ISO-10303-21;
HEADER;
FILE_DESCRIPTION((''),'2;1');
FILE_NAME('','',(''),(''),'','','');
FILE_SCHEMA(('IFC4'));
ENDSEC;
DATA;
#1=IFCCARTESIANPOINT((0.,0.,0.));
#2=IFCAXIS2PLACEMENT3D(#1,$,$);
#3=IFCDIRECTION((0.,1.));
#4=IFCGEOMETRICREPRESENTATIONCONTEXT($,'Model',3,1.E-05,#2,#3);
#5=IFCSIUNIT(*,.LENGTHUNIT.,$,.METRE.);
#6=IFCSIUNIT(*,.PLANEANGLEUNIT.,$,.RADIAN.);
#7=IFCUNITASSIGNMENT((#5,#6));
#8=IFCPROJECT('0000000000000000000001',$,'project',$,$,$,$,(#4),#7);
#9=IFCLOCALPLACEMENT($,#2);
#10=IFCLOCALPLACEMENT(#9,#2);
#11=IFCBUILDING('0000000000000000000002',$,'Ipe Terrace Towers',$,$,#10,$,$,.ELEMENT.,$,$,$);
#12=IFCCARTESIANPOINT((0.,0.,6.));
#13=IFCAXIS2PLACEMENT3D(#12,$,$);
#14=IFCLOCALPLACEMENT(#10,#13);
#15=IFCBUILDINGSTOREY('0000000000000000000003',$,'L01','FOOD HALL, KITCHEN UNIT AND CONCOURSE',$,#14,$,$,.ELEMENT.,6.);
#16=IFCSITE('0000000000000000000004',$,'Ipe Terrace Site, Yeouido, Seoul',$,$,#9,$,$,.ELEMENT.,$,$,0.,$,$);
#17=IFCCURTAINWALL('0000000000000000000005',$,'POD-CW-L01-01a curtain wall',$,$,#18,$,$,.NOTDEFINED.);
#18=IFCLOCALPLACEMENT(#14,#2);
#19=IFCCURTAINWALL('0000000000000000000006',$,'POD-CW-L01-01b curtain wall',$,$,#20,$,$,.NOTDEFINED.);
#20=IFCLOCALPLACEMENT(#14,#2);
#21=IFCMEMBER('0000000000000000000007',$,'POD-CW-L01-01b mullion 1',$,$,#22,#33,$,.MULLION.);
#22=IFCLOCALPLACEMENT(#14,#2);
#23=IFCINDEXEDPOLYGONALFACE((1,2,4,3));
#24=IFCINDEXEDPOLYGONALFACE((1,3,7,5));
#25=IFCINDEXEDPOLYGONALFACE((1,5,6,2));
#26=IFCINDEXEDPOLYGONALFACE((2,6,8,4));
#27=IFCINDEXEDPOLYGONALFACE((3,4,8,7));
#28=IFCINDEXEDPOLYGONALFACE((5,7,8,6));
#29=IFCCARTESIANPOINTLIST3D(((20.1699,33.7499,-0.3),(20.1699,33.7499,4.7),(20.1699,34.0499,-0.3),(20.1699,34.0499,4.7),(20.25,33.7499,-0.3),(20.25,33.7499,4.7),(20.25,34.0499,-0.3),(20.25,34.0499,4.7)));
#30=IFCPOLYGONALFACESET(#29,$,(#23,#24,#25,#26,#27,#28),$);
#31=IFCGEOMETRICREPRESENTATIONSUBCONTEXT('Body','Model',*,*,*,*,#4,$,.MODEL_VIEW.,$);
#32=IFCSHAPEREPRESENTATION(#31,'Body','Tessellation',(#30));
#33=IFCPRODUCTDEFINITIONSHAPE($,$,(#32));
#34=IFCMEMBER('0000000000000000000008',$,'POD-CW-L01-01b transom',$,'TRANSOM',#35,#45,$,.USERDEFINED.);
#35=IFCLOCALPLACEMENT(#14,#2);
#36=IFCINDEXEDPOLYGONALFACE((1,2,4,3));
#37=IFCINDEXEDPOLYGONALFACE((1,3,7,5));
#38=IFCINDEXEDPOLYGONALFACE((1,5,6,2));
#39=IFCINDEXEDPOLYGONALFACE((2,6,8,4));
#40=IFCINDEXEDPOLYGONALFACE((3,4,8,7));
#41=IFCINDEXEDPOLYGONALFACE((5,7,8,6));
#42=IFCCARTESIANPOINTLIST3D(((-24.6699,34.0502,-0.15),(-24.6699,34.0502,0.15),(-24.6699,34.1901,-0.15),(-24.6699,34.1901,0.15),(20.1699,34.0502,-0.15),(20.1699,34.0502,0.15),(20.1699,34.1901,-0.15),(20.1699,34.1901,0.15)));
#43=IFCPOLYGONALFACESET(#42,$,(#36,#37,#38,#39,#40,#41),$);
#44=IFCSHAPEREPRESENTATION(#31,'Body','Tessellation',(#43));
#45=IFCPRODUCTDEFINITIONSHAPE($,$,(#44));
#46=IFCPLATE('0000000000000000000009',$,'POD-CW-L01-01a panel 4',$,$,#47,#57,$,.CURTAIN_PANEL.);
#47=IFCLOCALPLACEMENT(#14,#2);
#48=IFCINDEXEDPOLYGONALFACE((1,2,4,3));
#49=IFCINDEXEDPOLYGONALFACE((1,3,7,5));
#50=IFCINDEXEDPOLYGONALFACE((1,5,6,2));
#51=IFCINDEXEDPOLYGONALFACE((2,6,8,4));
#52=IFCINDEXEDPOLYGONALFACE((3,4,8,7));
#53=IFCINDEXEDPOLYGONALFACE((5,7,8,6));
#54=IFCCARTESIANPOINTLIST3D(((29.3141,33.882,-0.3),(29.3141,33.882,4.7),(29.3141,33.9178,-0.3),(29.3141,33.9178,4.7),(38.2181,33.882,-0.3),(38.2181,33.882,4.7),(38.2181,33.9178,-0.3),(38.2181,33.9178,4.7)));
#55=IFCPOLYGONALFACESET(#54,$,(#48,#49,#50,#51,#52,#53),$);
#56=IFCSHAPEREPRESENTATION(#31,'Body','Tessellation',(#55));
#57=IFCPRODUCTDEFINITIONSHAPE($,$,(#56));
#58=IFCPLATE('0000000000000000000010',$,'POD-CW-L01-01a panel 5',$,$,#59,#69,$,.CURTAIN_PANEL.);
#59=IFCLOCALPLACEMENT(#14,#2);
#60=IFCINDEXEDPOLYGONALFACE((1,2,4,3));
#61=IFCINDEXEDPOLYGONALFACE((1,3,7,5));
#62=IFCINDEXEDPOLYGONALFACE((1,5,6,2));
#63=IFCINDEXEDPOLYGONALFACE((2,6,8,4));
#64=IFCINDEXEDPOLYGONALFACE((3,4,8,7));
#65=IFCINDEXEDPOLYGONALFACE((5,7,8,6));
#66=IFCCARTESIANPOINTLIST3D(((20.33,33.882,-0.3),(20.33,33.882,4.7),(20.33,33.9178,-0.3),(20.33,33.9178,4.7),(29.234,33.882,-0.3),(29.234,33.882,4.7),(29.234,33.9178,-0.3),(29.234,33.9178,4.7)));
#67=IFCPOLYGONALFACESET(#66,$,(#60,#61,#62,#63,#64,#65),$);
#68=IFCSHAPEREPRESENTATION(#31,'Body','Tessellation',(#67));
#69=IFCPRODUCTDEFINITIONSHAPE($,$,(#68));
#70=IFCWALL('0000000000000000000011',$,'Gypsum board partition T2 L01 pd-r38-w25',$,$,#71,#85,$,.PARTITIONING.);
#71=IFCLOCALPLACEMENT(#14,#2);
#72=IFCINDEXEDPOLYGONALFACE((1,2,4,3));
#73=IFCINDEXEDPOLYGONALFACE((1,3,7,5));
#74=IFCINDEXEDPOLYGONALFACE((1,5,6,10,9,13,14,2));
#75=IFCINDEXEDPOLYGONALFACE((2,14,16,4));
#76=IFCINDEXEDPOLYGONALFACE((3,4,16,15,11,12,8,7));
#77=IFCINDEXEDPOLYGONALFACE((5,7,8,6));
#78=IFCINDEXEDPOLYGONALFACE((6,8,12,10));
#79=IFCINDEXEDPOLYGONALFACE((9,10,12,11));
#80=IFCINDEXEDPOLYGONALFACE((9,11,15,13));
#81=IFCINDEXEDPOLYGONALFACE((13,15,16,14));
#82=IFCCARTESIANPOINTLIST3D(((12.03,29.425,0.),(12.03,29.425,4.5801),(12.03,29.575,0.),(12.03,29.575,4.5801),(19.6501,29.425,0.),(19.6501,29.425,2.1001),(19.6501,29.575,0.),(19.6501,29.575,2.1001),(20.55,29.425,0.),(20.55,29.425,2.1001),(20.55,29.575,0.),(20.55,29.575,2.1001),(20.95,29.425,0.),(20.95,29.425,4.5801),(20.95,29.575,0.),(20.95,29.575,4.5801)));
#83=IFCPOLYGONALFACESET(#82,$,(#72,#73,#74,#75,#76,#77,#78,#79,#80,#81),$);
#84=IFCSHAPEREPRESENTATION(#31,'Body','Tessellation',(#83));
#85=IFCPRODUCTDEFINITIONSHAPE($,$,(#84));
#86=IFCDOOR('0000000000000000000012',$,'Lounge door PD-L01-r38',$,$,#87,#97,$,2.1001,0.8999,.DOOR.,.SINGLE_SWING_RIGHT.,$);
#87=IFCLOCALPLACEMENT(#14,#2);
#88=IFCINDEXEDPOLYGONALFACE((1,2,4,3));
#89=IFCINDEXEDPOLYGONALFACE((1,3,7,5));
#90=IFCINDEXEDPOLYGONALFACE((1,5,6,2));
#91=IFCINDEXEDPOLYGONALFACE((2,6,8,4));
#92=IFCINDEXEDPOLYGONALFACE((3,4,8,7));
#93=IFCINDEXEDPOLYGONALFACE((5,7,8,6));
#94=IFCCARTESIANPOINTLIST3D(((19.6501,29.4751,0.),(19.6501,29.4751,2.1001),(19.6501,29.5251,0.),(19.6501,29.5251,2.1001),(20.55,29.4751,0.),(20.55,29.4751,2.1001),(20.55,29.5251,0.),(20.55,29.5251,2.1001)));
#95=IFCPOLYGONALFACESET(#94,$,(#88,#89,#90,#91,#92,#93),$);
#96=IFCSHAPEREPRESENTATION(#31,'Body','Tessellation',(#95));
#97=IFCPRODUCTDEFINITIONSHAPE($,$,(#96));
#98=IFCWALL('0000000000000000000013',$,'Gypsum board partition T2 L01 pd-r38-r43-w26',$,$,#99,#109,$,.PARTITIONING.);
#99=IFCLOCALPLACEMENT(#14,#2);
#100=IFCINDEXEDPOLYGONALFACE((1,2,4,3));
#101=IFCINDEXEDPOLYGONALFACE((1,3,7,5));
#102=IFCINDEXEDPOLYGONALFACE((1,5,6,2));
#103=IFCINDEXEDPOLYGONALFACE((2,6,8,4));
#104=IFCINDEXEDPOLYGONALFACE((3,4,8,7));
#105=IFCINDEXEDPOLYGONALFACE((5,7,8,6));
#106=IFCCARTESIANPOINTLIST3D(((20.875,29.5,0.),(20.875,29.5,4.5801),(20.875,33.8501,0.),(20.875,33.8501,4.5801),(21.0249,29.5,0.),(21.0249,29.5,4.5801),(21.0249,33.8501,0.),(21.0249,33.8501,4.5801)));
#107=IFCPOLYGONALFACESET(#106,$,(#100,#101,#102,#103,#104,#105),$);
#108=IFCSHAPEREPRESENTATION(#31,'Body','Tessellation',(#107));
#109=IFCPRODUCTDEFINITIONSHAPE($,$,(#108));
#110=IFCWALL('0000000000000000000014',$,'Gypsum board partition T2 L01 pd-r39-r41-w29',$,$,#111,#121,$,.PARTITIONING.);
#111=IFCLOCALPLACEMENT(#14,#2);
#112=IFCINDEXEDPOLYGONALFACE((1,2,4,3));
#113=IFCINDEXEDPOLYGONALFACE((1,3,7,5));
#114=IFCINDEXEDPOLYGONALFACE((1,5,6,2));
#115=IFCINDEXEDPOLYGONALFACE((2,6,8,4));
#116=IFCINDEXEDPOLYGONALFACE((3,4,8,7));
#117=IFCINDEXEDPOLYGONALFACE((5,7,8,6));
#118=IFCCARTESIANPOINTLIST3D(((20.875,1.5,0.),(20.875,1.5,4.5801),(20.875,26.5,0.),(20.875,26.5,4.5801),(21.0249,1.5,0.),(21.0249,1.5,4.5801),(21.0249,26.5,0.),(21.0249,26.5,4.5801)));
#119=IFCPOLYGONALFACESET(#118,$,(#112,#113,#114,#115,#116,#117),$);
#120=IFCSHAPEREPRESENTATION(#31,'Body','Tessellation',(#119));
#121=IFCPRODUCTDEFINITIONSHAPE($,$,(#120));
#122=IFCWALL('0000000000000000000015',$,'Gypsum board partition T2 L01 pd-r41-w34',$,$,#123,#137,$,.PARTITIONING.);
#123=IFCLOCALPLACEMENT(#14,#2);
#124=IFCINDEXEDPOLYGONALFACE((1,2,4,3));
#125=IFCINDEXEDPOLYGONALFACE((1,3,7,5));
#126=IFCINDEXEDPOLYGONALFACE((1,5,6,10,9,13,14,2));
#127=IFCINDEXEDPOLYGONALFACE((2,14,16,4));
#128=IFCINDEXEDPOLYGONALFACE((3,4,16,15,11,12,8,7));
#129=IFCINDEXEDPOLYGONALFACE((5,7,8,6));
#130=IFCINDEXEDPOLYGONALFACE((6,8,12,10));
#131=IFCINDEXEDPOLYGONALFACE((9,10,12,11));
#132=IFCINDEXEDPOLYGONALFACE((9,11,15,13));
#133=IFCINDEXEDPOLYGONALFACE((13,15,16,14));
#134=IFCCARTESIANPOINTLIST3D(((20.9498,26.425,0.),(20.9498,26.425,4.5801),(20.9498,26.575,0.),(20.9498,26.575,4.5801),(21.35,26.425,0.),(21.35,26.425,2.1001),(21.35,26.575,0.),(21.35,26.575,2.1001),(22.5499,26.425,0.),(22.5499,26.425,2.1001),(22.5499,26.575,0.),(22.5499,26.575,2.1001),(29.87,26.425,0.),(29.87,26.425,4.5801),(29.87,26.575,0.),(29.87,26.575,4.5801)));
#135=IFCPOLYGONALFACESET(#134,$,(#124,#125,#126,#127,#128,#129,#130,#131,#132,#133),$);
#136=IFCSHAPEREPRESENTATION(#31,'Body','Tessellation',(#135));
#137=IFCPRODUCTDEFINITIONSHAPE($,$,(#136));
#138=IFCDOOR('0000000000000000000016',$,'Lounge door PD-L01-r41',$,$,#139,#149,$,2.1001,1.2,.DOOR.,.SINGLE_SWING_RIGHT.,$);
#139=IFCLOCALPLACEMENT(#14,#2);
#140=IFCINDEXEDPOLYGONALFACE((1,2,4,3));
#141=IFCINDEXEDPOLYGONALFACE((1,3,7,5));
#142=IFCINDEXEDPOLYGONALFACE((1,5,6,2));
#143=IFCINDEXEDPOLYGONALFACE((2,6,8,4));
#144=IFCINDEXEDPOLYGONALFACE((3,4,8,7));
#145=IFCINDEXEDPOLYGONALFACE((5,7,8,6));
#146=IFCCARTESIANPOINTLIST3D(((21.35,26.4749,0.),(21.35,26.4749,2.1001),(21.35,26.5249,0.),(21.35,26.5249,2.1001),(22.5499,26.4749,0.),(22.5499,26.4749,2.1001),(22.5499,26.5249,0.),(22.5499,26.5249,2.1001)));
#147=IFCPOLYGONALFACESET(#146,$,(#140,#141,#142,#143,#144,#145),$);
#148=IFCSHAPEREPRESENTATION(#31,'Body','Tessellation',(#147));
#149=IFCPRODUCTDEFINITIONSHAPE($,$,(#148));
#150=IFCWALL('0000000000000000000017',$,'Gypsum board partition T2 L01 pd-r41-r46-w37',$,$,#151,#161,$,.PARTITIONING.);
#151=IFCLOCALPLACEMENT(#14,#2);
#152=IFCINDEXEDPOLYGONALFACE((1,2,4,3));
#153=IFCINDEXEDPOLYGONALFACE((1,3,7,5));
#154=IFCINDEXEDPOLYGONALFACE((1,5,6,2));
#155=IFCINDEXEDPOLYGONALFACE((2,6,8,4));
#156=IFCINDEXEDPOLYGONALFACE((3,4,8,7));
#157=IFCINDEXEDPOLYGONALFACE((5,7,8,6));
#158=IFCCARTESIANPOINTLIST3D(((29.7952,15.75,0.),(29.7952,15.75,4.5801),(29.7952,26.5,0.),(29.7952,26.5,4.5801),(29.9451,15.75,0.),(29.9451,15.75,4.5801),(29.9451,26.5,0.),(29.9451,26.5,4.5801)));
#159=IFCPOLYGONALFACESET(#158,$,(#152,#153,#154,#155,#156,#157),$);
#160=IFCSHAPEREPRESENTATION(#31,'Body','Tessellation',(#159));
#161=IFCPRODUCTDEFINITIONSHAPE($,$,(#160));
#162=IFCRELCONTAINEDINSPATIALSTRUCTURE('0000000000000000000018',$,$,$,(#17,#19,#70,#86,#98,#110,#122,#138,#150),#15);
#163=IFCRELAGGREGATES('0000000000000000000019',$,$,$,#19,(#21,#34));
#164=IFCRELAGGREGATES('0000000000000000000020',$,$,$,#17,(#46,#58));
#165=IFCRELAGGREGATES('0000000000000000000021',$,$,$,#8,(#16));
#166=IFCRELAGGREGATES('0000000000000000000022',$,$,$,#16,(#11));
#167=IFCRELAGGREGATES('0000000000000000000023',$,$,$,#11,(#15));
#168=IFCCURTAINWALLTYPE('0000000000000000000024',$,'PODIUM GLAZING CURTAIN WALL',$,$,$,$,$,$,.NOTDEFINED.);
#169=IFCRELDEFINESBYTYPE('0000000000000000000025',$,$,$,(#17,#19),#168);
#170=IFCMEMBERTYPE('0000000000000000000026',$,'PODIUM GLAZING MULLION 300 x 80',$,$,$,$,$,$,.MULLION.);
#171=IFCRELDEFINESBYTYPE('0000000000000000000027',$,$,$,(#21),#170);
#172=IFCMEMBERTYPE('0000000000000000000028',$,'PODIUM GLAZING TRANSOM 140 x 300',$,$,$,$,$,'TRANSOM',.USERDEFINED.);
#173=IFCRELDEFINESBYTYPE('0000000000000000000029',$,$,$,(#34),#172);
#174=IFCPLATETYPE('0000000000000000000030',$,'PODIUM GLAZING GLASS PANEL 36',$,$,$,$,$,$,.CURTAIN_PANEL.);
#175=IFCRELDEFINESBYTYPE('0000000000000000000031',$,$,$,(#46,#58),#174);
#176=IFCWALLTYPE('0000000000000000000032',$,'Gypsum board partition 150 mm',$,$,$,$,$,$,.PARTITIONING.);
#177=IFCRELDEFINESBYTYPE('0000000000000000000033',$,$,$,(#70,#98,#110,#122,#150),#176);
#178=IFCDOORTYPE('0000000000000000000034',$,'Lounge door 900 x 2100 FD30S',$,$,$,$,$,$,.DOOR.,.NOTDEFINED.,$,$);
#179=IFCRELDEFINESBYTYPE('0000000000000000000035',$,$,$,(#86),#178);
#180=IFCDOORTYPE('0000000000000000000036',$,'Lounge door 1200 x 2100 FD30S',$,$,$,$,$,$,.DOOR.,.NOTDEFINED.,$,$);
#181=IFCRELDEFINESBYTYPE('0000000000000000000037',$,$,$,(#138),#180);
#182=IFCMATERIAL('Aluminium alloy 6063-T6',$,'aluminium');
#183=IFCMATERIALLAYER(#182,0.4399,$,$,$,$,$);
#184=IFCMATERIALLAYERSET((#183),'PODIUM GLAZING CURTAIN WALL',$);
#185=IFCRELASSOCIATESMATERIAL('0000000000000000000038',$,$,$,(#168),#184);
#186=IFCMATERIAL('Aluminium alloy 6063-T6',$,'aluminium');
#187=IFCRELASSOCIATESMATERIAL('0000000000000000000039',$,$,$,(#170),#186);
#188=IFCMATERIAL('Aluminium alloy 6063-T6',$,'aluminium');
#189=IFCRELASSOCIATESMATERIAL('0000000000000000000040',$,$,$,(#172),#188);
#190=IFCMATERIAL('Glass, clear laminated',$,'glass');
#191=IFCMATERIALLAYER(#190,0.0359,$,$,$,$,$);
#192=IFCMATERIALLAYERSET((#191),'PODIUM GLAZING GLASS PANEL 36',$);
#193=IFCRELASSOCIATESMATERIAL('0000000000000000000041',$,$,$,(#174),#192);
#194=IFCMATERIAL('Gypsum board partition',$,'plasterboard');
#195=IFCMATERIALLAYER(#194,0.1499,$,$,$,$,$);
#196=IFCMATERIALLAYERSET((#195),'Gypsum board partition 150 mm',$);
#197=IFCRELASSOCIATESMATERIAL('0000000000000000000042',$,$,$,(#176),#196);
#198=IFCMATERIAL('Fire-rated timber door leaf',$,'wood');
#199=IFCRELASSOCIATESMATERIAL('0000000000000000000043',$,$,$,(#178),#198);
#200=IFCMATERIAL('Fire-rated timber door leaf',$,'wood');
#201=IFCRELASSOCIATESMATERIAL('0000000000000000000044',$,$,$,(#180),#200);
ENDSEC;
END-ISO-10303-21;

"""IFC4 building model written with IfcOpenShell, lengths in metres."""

from ifc_helpers import new_model, si_unit, direction, frame, frame_2d, origin, origin_2d, place, context, subcontext, project, spatial, rectangle, extrude, material, layer, layer_set, material_profile, profile_set, type_object, element, fill, aggregate, save


model = new_model("IFC4")

# Units and contexts
model_context = context("Model", 3, precision=1e-05, world=origin(), true_north=direction((0.0, 1.0)))
body_context = subcontext(model_context, "Body", "Model", "MODEL_VIEW")
ifc_project = project(units=[si_unit("LENGTHUNIT", "METRE"), si_unit("PLANEANGLEUNIT", "RADIAN")], contexts=[model_context])

# Site, building, storey
site_placement = place(None, origin())
site = spatial("IfcSite", under=ifc_project, at=site_placement, Name="Ipe Terrace Site, Yeouido, Seoul", CompositionType="ELEMENT", RefElevation=0.0)
building_placement = place(site_placement, origin())
building = spatial("IfcBuilding", under=site, at=building_placement, Name="Ipe Terrace Towers", CompositionType="ELEMENT")
storey_placement = place(building_placement, frame((0.0, 0.0, 6.0)))
storey = spatial("IfcBuildingStorey", under=building, at=storey_placement, Name="L01", Description="FOOD HALL, KITCHEN UNIT AND CONCOURSE", CompositionType="ELEMENT", Elevation=6.0)

# Curtain walls, members
ifc_material_1 = material(Name="Aluminium alloy 6063-T6", Category="aluminium")
ifc_layer_1 = layer(ifc_material_1, 0.4399)
ifc_layer_set_1 = layer_set([ifc_layer_1], Name="PODIUM GLAZING CURTAIN WALL")
curtain_wall_type = type_object("IfcCurtainWallType", Name="PODIUM GLAZING CURTAIN WALL", PredefinedType="NOTDEFINED", material=ifc_layer_set_1)
curtain_wall_1_placement = place(storey_placement, origin())
curtain_wall_1 = element("IfcCurtainWall", 1, at=curtain_wall_1_placement, inside=storey, type_object=curtain_wall_type, Name="POD-CW-L01-01a curtain wall", PredefinedType="NOTDEFINED")
ifc_material_2 = material(Name="Aluminium alloy 6063-T6", Category="aluminium")
ifc_material_profile_1 = material_profile(ifc_material_2, rectangle(XDim=0.3, YDim=0.0801, at=origin_2d()), Name="PODIUM GLAZING MULLION 300 x 80")
ifc_profile_set_1 = profile_set([ifc_material_profile_1], Name="Aluminium alloy 6063-T6")
member_type_1 = type_object("IfcMemberType", Name="PODIUM GLAZING MULLION 300 x 80", PredefinedType="MULLION", material=ifc_profile_set_1)
curtain_wall_2_placement = place(storey_placement, origin())
curtain_wall_2 = element("IfcCurtainWall", 2, at=curtain_wall_2_placement, inside=storey, type_object=curtain_wall_type, Name="POD-CW-L01-01b curtain wall", PredefinedType="NOTDEFINED")
member_1_placement = place(storey_placement, frame((20.21, 33.8999, -0.3), z_axis=(0.0, 0.0, 1.0), x_axis=(0.0, 1.0, 0.0)))
member_1 = element("IfcMember", 3, at=member_1_placement, type_object=member_type_1, Name="POD-CW-L01-01b mullion 1", PredefinedType="MULLION", context=body_context, shape_type="SweptSolid", body=[
    extrude(rectangle(XDim=0.3, YDim=0.0801, at=origin_2d()), origin(), (0.0, 0.0, 1.0), 5.0),
])
ifc_material_3 = material(Name="Aluminium alloy 6063-T6", Category="aluminium")
ifc_material_profile_2 = material_profile(ifc_material_3, rectangle(XDim=0.1399, YDim=0.3, at=origin_2d()), Name="PODIUM GLAZING TRANSOM 140 x 300")
ifc_profile_set_2 = profile_set([ifc_material_profile_2], Name="Aluminium alloy 6063-T6")
member_type_2 = type_object("IfcMemberType", Name="PODIUM GLAZING TRANSOM 140 x 300", ElementType="TRANSOM", PredefinedType="USERDEFINED", material=ifc_profile_set_2)
member_2_placement = place(storey_placement, frame((20.1699, 34.1201, 0.0), z_axis=(-1.0, 0.0, 0.0), x_axis=(0.0, 1.0, 0.0)))
member_2 = element("IfcMember", 4, at=member_2_placement, type_object=member_type_2, Name="POD-CW-L01-01b transom", ObjectType="TRANSOM", PredefinedType="USERDEFINED", context=body_context, shape_type="SweptSolid", body=[
    extrude(rectangle(XDim=0.1399, YDim=0.3, at=origin_2d()), origin(), (0.0, 0.0, 1.0), 44.8398),
])
aggregate(curtain_wall_2, [member_1, member_2])

# Plates
ifc_material_4 = material(Name="Glass, clear laminated", Category="glass")
ifc_layer_2 = layer(ifc_material_4, 0.0359)
ifc_layer_set_2 = layer_set([ifc_layer_2], Name="PODIUM GLAZING GLASS PANEL 36")
plate_type = type_object("IfcPlateType", Name="PODIUM GLAZING GLASS PANEL 36", PredefinedType="CURTAIN_PANEL", material=ifc_layer_set_2)
plate_1_placement = place(storey_placement, frame((33.7661, 33.8999, -0.3), z_axis=(0.0, 0.0, 1.0), x_axis=(-1.0, 0.0, 0.0)))
plate_1 = element("IfcPlate", 5, at=plate_1_placement, type_object=plate_type, Name="POD-CW-L01-01a panel 4", PredefinedType="CURTAIN_PANEL", context=body_context, shape_type="SweptSolid", body=[
    extrude(rectangle(XDim=8.9041, YDim=0.0359, at=origin_2d()), origin(), (0.0, 0.0, 1.0), 5.0),
])
plate_2_placement = place(storey_placement, frame((24.782, 33.8999, -0.3), z_axis=(0.0, 0.0, 1.0), x_axis=(-1.0, 0.0, 0.0)))
plate_2 = element("IfcPlate", 6, at=plate_2_placement, type_object=plate_type, Name="POD-CW-L01-01a panel 5", PredefinedType="CURTAIN_PANEL", context=body_context, shape_type="SweptSolid", body=[
    extrude(rectangle(XDim=8.9041, YDim=0.0359, at=origin_2d()), origin(), (0.0, 0.0, 1.0), 5.0),
])
aggregate(curtain_wall_1, [plate_1, plate_2])

# Wall, opening, door
ifc_material_5 = material(Name="Gypsum board partition", Category="plasterboard")
ifc_layer_3 = layer(ifc_material_5, 0.1499)
ifc_layer_set_3 = layer_set([ifc_layer_3], Name="Gypsum board partition 150 mm")
wall_type = type_object("IfcWallType", Name="Gypsum board partition 150 mm", PredefinedType="PARTITIONING", material=ifc_layer_set_3)
wall_1_placement = place(storey_placement, frame((20.95, 29.5, 0.0), z_axis=(0.0, 0.0, 1.0), x_axis=(-1.0, 0.0, 0.0)))
wall_1 = element("IfcWall", 7, at=wall_1_placement, inside=storey, type_object=wall_type, Name="Gypsum board partition T2 L01 pd-r38-w25", PredefinedType="PARTITIONING", context=body_context, shape_type="SweptSolid", body=[
    extrude(rectangle(XDim=8.9199, YDim=0.1499, at=frame_2d((4.46, 0.0))), origin(), (0.0, 0.0, 1.0), 4.5801),
])
opening_1_placement = place(wall_1_placement, frame((0.3999, 0.0, 0.0)))
opening_1 = element("IfcOpeningElement", 8, at=opening_1_placement, cuts=wall_1, PredefinedType="OPENING", context=body_context, shape_type="SweptSolid", body=[
    extrude(rectangle(XDim=0.8999, YDim=2.1001, at=frame_2d((0.45, 1.05))), frame((0.0, 0.085, 0.0), z_axis=(0.0, -1.0, 0.0), x_axis=(1.0, 0.0, 0.0)), (0.0, 0.0, 1.0), 0.1699),
])
ifc_material_6 = material(Name="Fire-rated timber door leaf", Category="wood")
door_type_1 = type_object("IfcDoorType", Name="Lounge door 900 x 2100 FD30S", OperationType="NOTDEFINED", PredefinedType="DOOR", material=ifc_material_6)
door_1_placement = place(opening_1_placement, origin())
door_1 = element("IfcDoor", 9, at=door_1_placement, inside=storey, type_object=door_type_1, Name="Lounge door PD-L01-r38", OperationType="SINGLE_SWING_RIGHT", OverallHeight=2.1001, OverallWidth=0.8999, PredefinedType="DOOR", context=body_context, shape_type="SweptSolid", body=[
    extrude(rectangle(XDim=0.8999, YDim=2.1001, at=frame_2d((0.45, 1.05))), frame((0.0, 0.0249, 0.0), z_axis=(0.0, -1.0, 0.0), x_axis=(1.0, 0.0, 0.0)), (0.0, 0.0, 1.0), 0.05),
])
fill(opening_1, door_1)

# Walls
wall_2_placement = place(storey_placement, frame((20.95, 33.8501, 0.0), z_axis=(0.0, 0.0, 1.0), x_axis=(0.0, -1.0, 0.0)))
element("IfcWall", 10, at=wall_2_placement, inside=storey, type_object=wall_type, Name="Gypsum board partition T2 L01 pd-r38-r43-w26", PredefinedType="PARTITIONING", context=body_context, shape_type="SweptSolid", body=[
    extrude(rectangle(XDim=4.3501, YDim=0.1499, at=frame_2d((2.175, 0.0))), origin(), (0.0, 0.0, 1.0), 4.5801),
])
wall_3_placement = place(storey_placement, frame((20.95, 26.5, 0.0), z_axis=(0.0, 0.0, 1.0), x_axis=(0.0, -1.0, 0.0)))
element("IfcWall", 11, at=wall_3_placement, inside=storey, type_object=wall_type, Name="Gypsum board partition T2 L01 pd-r39-r41-w29", PredefinedType="PARTITIONING", context=body_context, shape_type="SweptSolid", body=[
    extrude(rectangle(XDim=25.0, YDim=0.1499, at=frame_2d((12.5, 0.0))), origin(), (0.0, 0.0, 1.0), 4.5801),
])

# Wall, opening, door
wall_4_placement = place(storey_placement, frame((20.95, 26.5, 0.0), z_axis=(0.0, 0.0, 1.0), x_axis=(1.0, 0.0, 0.0)))
wall_4 = element("IfcWall", 12, at=wall_4_placement, inside=storey, type_object=wall_type, Name="Gypsum board partition T2 L01 pd-r41-w34", PredefinedType="PARTITIONING", context=body_context, shape_type="SweptSolid", body=[
    extrude(rectangle(XDim=8.9202, YDim=0.1499, at=frame_2d((4.46, 0.0))), origin(), (0.0, 0.0, 1.0), 4.5801),
])
opening_2_placement = place(wall_4_placement, frame((0.3999, 0.0, 0.0)))
opening_2 = element("IfcOpeningElement", 13, at=opening_2_placement, cuts=wall_4, PredefinedType="OPENING", context=body_context, shape_type="SweptSolid", body=[
    extrude(rectangle(XDim=1.2, YDim=2.1001, at=frame_2d((0.6001, 1.05))), frame((0.0, 0.085, 0.0), z_axis=(0.0, -1.0, 0.0), x_axis=(1.0, 0.0, 0.0)), (0.0, 0.0, 1.0), 0.1699),
])
ifc_material_7 = material(Name="Fire-rated timber door leaf", Category="wood")
door_type_2 = type_object("IfcDoorType", Name="Lounge door 1200 x 2100 FD30S", OperationType="NOTDEFINED", PredefinedType="DOOR", material=ifc_material_7)
door_2_placement = place(opening_2_placement, origin())
door_2 = element("IfcDoor", 14, at=door_2_placement, inside=storey, type_object=door_type_2, Name="Lounge door PD-L01-r41", OperationType="SINGLE_SWING_RIGHT", OverallHeight=2.1001, OverallWidth=1.2, PredefinedType="DOOR", context=body_context, shape_type="SweptSolid", body=[
    extrude(rectangle(XDim=1.2, YDim=2.1001, at=frame_2d((0.6001, 1.05))), frame((0.0, 0.0249, 0.0), z_axis=(0.0, -1.0, 0.0), x_axis=(1.0, 0.0, 0.0)), (0.0, 0.0, 1.0), 0.05),
])
fill(opening_2, door_2)

# Wall
wall_5_placement = place(storey_placement, frame((29.8701, 26.5, 0.0), z_axis=(0.0, 0.0, 1.0), x_axis=(0.0, -1.0, 0.0)))
element("IfcWall", 15, at=wall_5_placement, inside=storey, type_object=wall_type, Name="Gypsum board partition T2 L01 pd-r41-r46-w37", PredefinedType="PARTITIONING", context=body_context, shape_type="SweptSolid", body=[
    extrude(rectangle(XDim=10.75, YDim=0.1499, at=frame_2d((5.375, 0.0))), origin(), (0.0, 0.0, 1.0), 4.5801),
])

save(model, "model.ifc")
